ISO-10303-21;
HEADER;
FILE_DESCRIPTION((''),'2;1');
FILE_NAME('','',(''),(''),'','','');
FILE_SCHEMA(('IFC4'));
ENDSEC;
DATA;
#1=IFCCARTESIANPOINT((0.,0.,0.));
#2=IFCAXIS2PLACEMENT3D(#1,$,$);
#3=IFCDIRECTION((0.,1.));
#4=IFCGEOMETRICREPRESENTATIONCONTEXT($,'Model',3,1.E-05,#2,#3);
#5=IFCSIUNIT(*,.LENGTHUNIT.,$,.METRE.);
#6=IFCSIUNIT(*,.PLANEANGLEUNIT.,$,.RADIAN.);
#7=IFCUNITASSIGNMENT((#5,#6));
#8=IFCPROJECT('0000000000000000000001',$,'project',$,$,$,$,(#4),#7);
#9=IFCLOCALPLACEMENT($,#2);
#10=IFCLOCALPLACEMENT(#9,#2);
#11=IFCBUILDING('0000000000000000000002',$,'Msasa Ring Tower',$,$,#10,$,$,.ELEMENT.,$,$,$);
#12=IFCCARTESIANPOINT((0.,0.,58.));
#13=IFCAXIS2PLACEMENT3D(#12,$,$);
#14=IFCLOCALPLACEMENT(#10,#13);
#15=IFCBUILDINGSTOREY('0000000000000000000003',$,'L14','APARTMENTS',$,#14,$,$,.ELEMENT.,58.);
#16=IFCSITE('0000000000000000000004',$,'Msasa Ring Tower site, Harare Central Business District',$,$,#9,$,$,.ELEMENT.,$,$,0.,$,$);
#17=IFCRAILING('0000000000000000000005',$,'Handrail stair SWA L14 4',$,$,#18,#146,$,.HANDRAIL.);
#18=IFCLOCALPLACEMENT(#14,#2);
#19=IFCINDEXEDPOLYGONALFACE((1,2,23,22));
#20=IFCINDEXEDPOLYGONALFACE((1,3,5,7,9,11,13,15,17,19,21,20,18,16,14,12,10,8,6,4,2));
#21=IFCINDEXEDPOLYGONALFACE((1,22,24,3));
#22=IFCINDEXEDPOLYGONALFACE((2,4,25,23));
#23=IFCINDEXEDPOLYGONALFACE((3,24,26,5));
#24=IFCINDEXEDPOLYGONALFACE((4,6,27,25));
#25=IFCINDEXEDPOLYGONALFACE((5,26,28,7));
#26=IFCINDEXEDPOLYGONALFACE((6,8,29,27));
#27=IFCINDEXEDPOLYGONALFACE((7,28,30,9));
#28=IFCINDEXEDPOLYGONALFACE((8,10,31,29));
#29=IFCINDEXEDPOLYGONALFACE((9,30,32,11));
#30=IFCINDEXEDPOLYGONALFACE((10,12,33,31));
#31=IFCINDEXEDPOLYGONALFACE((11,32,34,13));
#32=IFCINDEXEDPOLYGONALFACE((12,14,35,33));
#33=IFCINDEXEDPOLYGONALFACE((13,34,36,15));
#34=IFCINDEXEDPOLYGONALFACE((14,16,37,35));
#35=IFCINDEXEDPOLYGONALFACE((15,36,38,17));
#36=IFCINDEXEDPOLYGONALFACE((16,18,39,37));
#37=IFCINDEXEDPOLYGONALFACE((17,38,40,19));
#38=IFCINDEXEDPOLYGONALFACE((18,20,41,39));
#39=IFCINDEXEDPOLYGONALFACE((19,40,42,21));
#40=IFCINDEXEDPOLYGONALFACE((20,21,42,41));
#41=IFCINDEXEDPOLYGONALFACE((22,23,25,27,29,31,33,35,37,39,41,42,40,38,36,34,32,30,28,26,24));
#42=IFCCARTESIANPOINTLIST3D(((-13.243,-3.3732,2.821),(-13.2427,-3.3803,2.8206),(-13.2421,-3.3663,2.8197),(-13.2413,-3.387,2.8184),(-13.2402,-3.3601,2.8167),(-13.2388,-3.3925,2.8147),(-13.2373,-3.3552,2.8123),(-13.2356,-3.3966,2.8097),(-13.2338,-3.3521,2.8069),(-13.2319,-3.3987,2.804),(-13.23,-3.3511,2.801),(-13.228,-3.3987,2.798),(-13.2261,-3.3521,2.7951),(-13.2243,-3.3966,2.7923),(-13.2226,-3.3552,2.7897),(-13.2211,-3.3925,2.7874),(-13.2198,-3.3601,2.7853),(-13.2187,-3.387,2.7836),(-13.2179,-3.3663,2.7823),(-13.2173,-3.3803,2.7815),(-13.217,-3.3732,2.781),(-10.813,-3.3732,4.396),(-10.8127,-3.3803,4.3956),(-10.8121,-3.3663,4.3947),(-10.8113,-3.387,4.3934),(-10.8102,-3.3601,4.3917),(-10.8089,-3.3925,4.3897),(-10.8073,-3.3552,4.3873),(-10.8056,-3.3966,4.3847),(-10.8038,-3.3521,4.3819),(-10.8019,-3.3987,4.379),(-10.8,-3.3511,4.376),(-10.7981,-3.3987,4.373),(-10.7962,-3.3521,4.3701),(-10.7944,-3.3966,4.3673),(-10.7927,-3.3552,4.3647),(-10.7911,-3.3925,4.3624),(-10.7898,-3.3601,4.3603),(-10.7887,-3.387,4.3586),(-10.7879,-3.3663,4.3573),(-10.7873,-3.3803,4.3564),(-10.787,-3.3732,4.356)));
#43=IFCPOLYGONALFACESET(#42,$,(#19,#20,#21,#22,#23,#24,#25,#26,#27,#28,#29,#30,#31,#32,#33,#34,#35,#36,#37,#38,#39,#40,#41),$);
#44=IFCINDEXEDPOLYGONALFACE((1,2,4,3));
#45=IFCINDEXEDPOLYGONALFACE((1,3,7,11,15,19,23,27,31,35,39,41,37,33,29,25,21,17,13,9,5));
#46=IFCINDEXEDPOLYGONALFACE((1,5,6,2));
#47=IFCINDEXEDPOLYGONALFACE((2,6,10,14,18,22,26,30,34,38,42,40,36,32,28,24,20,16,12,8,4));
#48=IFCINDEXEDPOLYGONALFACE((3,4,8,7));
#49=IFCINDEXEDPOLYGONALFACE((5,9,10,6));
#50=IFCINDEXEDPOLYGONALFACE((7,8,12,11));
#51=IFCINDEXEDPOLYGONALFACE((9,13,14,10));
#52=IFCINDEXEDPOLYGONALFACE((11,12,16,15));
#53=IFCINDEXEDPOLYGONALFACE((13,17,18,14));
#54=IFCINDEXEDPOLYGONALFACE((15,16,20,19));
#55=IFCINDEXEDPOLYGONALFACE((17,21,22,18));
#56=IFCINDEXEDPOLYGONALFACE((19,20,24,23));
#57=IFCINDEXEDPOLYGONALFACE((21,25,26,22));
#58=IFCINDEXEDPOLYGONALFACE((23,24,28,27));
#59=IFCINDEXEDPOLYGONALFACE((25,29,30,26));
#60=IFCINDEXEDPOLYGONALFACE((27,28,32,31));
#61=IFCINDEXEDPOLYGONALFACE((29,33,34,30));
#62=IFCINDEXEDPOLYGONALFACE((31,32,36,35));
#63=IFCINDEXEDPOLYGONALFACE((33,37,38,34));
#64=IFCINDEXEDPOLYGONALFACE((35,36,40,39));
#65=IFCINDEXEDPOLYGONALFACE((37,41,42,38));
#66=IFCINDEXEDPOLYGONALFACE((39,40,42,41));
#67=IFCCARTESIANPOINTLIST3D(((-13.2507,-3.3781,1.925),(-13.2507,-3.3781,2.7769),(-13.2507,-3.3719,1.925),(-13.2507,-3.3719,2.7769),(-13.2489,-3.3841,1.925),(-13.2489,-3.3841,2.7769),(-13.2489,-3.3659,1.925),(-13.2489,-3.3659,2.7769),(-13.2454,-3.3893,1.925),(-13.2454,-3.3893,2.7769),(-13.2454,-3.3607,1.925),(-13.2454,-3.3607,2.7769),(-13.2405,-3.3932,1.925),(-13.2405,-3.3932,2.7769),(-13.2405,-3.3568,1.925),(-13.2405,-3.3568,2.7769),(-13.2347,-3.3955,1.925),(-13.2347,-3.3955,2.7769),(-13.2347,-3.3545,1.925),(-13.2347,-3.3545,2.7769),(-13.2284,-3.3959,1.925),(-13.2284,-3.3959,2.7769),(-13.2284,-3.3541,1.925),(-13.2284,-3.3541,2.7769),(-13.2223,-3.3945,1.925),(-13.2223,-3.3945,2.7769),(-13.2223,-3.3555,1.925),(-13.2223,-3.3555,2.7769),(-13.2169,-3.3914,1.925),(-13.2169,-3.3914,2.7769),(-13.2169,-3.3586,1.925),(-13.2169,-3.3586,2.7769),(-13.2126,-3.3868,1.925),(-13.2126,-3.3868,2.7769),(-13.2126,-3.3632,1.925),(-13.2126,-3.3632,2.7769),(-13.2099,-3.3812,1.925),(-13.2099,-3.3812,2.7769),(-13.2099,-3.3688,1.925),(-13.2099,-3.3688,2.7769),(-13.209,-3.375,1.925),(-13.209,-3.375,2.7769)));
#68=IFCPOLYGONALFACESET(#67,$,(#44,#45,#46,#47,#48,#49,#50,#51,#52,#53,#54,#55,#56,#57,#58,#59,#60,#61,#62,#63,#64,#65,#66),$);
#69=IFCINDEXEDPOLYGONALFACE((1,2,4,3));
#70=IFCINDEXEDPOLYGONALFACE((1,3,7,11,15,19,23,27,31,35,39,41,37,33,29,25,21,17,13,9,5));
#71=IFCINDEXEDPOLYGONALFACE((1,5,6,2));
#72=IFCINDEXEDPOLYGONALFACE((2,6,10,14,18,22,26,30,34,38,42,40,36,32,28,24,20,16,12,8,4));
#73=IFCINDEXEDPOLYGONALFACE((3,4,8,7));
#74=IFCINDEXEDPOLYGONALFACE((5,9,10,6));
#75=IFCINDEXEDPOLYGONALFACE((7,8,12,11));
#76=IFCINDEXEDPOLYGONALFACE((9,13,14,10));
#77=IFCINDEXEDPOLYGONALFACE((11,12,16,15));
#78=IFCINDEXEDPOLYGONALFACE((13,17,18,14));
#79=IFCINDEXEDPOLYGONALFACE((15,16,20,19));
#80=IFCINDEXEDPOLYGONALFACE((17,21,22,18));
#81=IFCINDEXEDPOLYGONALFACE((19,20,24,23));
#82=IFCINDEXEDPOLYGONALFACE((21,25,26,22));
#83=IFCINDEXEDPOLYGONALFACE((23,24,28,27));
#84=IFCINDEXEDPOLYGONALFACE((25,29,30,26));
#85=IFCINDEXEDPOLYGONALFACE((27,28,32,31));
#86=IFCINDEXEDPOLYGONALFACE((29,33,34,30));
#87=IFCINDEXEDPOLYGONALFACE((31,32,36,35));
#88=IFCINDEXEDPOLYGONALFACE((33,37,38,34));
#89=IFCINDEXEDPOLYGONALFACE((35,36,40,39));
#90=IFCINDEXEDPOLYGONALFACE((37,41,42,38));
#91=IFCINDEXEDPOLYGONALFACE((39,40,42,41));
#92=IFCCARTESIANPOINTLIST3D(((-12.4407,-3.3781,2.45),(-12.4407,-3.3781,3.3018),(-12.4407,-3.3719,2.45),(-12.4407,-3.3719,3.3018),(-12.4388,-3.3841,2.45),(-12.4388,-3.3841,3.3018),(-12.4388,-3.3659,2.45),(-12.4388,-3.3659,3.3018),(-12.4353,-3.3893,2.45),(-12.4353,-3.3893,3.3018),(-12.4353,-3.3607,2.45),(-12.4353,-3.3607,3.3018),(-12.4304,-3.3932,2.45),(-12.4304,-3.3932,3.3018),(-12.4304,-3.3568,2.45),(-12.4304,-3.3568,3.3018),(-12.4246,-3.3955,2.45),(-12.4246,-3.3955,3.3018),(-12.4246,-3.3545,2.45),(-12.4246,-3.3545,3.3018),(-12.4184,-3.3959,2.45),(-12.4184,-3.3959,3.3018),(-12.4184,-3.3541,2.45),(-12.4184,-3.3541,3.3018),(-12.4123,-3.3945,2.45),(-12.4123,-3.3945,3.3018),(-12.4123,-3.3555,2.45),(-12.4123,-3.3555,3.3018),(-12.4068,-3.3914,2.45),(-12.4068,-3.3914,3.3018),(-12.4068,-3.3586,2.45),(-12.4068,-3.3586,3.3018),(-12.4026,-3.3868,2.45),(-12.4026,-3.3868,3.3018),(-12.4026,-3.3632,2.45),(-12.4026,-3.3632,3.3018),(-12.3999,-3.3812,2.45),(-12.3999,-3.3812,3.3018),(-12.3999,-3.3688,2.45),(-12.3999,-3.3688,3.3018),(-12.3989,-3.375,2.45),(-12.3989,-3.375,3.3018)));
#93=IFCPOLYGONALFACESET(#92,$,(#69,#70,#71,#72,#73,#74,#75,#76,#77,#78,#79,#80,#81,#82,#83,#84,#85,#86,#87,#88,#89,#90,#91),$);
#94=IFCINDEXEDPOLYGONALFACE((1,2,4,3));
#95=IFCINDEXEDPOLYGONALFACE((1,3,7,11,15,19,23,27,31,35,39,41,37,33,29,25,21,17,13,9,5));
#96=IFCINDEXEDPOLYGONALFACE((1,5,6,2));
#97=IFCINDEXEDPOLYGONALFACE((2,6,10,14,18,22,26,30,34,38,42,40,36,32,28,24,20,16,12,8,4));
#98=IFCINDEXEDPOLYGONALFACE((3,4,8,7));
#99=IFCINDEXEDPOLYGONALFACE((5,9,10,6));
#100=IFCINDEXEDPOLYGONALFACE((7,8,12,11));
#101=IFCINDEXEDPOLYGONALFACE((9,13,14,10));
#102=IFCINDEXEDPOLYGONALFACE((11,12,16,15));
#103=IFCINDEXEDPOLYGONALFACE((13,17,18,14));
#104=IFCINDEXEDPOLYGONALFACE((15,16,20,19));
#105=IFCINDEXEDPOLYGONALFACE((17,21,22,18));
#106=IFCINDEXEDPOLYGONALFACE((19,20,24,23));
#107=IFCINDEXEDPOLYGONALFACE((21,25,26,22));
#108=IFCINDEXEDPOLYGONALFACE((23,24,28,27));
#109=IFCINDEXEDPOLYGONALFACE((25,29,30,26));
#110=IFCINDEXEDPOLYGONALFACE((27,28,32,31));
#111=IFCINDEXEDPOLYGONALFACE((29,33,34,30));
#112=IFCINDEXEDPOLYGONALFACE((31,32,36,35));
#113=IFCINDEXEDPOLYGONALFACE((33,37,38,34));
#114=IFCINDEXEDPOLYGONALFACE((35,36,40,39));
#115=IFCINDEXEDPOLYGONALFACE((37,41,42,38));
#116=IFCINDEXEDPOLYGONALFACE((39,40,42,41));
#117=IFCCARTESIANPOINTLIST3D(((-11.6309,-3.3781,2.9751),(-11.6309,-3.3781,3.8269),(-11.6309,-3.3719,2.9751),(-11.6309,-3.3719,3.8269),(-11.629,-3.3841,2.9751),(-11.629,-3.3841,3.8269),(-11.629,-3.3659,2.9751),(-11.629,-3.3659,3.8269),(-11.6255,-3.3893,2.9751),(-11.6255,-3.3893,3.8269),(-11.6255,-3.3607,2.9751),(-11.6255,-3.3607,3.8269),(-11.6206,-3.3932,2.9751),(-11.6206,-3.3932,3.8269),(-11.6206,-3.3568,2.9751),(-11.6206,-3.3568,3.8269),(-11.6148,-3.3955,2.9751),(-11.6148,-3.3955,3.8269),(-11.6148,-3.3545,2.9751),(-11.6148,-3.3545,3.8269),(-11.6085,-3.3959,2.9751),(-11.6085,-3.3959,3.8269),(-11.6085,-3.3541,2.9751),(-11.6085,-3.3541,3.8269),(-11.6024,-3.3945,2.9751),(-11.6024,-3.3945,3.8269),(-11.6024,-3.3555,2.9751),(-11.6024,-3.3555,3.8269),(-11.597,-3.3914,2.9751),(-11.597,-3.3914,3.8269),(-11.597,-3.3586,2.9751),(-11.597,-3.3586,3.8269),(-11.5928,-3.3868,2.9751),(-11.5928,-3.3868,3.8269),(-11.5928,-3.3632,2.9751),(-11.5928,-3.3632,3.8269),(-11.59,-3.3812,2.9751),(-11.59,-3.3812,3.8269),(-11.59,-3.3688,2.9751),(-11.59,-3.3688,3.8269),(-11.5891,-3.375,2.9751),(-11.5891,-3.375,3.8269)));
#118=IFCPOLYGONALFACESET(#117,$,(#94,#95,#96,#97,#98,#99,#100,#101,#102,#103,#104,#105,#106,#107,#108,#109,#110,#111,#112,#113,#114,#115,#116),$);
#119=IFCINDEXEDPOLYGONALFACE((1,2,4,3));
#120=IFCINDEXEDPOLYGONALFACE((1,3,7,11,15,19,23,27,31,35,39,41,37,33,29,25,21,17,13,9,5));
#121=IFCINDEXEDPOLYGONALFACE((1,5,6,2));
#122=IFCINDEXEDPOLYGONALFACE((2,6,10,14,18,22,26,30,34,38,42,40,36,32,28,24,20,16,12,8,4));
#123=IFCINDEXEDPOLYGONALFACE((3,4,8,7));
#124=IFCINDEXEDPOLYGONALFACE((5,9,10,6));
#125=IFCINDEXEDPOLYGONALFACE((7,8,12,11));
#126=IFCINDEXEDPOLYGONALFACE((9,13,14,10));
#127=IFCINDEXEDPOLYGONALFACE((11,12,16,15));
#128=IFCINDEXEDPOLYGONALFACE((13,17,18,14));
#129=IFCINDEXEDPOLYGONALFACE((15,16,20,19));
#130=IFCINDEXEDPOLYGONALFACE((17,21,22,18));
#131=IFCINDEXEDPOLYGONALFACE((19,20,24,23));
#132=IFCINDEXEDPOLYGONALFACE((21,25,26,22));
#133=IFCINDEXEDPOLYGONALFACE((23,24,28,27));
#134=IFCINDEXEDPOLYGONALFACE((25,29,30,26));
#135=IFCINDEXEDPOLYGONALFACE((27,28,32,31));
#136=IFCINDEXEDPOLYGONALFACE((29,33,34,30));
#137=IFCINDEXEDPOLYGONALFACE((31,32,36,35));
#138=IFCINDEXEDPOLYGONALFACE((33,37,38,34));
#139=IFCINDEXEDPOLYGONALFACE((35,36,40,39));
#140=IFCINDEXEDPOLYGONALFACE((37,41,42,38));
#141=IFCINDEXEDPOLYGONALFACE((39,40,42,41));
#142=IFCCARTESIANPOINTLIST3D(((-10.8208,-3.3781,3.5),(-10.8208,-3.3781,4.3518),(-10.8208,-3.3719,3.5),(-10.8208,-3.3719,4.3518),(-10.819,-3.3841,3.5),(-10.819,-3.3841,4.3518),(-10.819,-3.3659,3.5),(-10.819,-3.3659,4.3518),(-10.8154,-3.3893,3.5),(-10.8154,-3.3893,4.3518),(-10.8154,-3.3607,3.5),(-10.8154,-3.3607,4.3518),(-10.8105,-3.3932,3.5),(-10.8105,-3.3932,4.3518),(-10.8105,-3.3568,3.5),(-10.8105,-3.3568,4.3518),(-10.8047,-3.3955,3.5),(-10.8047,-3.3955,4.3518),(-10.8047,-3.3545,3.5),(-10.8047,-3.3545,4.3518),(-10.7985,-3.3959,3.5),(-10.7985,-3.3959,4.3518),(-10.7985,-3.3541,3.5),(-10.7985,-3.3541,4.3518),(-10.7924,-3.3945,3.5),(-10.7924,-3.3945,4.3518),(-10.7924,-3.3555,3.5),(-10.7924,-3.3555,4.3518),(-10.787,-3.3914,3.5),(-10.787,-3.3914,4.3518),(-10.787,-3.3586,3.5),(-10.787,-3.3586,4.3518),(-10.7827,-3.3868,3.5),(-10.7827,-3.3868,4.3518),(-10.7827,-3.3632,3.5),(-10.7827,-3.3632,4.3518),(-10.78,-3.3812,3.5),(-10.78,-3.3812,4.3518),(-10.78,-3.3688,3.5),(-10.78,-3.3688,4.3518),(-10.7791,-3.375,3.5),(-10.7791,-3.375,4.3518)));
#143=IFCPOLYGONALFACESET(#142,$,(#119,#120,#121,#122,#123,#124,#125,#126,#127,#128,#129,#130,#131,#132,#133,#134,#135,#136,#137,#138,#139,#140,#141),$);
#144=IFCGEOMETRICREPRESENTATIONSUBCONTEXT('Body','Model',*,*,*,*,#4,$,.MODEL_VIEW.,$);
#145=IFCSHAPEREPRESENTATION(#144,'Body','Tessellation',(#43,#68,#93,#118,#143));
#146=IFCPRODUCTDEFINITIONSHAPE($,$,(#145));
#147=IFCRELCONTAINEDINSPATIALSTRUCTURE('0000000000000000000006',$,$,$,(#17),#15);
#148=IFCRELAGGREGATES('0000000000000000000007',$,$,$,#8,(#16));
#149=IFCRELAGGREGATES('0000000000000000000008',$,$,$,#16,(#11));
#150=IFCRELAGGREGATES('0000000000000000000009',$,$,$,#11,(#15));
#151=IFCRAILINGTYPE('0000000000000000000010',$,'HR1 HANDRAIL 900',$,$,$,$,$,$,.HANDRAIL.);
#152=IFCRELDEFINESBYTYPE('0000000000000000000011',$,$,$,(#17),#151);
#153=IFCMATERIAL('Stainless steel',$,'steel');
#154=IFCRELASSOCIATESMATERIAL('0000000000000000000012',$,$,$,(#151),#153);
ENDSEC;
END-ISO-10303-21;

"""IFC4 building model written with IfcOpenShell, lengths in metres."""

from ifc_helpers import new_model, si_unit, direction, frame, origin, origin_2d, place, context, subcontext, project, spatial, circle, extrude, material, type_object, element, save


model = new_model("IFC4")

# Units and contexts
model_context = context("Model", 3, precision=1e-05, world=origin(), true_north=direction((0.0, 1.0)))
body_context = subcontext(model_context, "Body", "Model", "MODEL_VIEW")
ifc_project = project(units=[si_unit("LENGTHUNIT", "METRE"), si_unit("PLANEANGLEUNIT", "RADIAN")], contexts=[model_context])

# Site, building, storey
site_placement = place(None, origin())
site = spatial("IfcSite", under=ifc_project, at=site_placement, Name="Msasa Ring Tower site, Harare Central Business District", CompositionType="ELEMENT", RefElevation=0.0)
building_placement = place(site_placement, origin())
building = spatial("IfcBuilding", under=site, at=building_placement, Name="Msasa Ring Tower", CompositionType="ELEMENT")
storey_placement = place(building_placement, frame((0.0, 0.0, 58.0)))
storey = spatial("IfcBuildingStorey", under=building, at=storey_placement, Name="L14", Description="APARTMENTS", CompositionType="ELEMENT", Elevation=58.0)

# Railing
ifc_material_1 = material(Name="Stainless steel", Category="steel")
railing_type = type_object("IfcRailingType", Name="HR1 HANDRAIL 900", PredefinedType="HANDRAIL", material=ifc_material_1)
for number, where, name in (
    (1, (-13.23, -3.375, 1.925), "Handrail stair SWA L14 4"),
):
    element("IfcRailing", number, at=place(storey_placement, frame(where)), inside=storey, type_object=railing_type, Name=name, PredefinedType="HANDRAIL", context=body_context, shape_type="SweptSolid", body=[
        extrude(circle(Radius=0.0239, at=origin_2d()), frame((0.0, 0.0, 0.876), z_axis=(0.839154, 0.0, 0.543894), x_axis=(0.0, 1.0, 0.0)), (0.0, 0.0, 1.0), 2.8958),
        extrude(circle(Radius=0.021, at=origin_2d()), origin(), (0.0, 0.0, 1.0), 0.8518),
        extrude(circle(Radius=0.021, at=origin_2d()), frame((0.8101, 0.0, 0.5249)), (0.0, 0.0, 1.0), 0.8518),
        extrude(circle(Radius=0.021, at=origin_2d()), frame((1.6199, 0.0, 1.05)), (0.0, 0.0, 1.0), 0.8518),
        extrude(circle(Radius=0.021, at=origin_2d()), frame((2.4299, 0.0, 1.575)), (0.0, 0.0, 1.0), 0.8518),
    ])

save(model, "model.ifc")
